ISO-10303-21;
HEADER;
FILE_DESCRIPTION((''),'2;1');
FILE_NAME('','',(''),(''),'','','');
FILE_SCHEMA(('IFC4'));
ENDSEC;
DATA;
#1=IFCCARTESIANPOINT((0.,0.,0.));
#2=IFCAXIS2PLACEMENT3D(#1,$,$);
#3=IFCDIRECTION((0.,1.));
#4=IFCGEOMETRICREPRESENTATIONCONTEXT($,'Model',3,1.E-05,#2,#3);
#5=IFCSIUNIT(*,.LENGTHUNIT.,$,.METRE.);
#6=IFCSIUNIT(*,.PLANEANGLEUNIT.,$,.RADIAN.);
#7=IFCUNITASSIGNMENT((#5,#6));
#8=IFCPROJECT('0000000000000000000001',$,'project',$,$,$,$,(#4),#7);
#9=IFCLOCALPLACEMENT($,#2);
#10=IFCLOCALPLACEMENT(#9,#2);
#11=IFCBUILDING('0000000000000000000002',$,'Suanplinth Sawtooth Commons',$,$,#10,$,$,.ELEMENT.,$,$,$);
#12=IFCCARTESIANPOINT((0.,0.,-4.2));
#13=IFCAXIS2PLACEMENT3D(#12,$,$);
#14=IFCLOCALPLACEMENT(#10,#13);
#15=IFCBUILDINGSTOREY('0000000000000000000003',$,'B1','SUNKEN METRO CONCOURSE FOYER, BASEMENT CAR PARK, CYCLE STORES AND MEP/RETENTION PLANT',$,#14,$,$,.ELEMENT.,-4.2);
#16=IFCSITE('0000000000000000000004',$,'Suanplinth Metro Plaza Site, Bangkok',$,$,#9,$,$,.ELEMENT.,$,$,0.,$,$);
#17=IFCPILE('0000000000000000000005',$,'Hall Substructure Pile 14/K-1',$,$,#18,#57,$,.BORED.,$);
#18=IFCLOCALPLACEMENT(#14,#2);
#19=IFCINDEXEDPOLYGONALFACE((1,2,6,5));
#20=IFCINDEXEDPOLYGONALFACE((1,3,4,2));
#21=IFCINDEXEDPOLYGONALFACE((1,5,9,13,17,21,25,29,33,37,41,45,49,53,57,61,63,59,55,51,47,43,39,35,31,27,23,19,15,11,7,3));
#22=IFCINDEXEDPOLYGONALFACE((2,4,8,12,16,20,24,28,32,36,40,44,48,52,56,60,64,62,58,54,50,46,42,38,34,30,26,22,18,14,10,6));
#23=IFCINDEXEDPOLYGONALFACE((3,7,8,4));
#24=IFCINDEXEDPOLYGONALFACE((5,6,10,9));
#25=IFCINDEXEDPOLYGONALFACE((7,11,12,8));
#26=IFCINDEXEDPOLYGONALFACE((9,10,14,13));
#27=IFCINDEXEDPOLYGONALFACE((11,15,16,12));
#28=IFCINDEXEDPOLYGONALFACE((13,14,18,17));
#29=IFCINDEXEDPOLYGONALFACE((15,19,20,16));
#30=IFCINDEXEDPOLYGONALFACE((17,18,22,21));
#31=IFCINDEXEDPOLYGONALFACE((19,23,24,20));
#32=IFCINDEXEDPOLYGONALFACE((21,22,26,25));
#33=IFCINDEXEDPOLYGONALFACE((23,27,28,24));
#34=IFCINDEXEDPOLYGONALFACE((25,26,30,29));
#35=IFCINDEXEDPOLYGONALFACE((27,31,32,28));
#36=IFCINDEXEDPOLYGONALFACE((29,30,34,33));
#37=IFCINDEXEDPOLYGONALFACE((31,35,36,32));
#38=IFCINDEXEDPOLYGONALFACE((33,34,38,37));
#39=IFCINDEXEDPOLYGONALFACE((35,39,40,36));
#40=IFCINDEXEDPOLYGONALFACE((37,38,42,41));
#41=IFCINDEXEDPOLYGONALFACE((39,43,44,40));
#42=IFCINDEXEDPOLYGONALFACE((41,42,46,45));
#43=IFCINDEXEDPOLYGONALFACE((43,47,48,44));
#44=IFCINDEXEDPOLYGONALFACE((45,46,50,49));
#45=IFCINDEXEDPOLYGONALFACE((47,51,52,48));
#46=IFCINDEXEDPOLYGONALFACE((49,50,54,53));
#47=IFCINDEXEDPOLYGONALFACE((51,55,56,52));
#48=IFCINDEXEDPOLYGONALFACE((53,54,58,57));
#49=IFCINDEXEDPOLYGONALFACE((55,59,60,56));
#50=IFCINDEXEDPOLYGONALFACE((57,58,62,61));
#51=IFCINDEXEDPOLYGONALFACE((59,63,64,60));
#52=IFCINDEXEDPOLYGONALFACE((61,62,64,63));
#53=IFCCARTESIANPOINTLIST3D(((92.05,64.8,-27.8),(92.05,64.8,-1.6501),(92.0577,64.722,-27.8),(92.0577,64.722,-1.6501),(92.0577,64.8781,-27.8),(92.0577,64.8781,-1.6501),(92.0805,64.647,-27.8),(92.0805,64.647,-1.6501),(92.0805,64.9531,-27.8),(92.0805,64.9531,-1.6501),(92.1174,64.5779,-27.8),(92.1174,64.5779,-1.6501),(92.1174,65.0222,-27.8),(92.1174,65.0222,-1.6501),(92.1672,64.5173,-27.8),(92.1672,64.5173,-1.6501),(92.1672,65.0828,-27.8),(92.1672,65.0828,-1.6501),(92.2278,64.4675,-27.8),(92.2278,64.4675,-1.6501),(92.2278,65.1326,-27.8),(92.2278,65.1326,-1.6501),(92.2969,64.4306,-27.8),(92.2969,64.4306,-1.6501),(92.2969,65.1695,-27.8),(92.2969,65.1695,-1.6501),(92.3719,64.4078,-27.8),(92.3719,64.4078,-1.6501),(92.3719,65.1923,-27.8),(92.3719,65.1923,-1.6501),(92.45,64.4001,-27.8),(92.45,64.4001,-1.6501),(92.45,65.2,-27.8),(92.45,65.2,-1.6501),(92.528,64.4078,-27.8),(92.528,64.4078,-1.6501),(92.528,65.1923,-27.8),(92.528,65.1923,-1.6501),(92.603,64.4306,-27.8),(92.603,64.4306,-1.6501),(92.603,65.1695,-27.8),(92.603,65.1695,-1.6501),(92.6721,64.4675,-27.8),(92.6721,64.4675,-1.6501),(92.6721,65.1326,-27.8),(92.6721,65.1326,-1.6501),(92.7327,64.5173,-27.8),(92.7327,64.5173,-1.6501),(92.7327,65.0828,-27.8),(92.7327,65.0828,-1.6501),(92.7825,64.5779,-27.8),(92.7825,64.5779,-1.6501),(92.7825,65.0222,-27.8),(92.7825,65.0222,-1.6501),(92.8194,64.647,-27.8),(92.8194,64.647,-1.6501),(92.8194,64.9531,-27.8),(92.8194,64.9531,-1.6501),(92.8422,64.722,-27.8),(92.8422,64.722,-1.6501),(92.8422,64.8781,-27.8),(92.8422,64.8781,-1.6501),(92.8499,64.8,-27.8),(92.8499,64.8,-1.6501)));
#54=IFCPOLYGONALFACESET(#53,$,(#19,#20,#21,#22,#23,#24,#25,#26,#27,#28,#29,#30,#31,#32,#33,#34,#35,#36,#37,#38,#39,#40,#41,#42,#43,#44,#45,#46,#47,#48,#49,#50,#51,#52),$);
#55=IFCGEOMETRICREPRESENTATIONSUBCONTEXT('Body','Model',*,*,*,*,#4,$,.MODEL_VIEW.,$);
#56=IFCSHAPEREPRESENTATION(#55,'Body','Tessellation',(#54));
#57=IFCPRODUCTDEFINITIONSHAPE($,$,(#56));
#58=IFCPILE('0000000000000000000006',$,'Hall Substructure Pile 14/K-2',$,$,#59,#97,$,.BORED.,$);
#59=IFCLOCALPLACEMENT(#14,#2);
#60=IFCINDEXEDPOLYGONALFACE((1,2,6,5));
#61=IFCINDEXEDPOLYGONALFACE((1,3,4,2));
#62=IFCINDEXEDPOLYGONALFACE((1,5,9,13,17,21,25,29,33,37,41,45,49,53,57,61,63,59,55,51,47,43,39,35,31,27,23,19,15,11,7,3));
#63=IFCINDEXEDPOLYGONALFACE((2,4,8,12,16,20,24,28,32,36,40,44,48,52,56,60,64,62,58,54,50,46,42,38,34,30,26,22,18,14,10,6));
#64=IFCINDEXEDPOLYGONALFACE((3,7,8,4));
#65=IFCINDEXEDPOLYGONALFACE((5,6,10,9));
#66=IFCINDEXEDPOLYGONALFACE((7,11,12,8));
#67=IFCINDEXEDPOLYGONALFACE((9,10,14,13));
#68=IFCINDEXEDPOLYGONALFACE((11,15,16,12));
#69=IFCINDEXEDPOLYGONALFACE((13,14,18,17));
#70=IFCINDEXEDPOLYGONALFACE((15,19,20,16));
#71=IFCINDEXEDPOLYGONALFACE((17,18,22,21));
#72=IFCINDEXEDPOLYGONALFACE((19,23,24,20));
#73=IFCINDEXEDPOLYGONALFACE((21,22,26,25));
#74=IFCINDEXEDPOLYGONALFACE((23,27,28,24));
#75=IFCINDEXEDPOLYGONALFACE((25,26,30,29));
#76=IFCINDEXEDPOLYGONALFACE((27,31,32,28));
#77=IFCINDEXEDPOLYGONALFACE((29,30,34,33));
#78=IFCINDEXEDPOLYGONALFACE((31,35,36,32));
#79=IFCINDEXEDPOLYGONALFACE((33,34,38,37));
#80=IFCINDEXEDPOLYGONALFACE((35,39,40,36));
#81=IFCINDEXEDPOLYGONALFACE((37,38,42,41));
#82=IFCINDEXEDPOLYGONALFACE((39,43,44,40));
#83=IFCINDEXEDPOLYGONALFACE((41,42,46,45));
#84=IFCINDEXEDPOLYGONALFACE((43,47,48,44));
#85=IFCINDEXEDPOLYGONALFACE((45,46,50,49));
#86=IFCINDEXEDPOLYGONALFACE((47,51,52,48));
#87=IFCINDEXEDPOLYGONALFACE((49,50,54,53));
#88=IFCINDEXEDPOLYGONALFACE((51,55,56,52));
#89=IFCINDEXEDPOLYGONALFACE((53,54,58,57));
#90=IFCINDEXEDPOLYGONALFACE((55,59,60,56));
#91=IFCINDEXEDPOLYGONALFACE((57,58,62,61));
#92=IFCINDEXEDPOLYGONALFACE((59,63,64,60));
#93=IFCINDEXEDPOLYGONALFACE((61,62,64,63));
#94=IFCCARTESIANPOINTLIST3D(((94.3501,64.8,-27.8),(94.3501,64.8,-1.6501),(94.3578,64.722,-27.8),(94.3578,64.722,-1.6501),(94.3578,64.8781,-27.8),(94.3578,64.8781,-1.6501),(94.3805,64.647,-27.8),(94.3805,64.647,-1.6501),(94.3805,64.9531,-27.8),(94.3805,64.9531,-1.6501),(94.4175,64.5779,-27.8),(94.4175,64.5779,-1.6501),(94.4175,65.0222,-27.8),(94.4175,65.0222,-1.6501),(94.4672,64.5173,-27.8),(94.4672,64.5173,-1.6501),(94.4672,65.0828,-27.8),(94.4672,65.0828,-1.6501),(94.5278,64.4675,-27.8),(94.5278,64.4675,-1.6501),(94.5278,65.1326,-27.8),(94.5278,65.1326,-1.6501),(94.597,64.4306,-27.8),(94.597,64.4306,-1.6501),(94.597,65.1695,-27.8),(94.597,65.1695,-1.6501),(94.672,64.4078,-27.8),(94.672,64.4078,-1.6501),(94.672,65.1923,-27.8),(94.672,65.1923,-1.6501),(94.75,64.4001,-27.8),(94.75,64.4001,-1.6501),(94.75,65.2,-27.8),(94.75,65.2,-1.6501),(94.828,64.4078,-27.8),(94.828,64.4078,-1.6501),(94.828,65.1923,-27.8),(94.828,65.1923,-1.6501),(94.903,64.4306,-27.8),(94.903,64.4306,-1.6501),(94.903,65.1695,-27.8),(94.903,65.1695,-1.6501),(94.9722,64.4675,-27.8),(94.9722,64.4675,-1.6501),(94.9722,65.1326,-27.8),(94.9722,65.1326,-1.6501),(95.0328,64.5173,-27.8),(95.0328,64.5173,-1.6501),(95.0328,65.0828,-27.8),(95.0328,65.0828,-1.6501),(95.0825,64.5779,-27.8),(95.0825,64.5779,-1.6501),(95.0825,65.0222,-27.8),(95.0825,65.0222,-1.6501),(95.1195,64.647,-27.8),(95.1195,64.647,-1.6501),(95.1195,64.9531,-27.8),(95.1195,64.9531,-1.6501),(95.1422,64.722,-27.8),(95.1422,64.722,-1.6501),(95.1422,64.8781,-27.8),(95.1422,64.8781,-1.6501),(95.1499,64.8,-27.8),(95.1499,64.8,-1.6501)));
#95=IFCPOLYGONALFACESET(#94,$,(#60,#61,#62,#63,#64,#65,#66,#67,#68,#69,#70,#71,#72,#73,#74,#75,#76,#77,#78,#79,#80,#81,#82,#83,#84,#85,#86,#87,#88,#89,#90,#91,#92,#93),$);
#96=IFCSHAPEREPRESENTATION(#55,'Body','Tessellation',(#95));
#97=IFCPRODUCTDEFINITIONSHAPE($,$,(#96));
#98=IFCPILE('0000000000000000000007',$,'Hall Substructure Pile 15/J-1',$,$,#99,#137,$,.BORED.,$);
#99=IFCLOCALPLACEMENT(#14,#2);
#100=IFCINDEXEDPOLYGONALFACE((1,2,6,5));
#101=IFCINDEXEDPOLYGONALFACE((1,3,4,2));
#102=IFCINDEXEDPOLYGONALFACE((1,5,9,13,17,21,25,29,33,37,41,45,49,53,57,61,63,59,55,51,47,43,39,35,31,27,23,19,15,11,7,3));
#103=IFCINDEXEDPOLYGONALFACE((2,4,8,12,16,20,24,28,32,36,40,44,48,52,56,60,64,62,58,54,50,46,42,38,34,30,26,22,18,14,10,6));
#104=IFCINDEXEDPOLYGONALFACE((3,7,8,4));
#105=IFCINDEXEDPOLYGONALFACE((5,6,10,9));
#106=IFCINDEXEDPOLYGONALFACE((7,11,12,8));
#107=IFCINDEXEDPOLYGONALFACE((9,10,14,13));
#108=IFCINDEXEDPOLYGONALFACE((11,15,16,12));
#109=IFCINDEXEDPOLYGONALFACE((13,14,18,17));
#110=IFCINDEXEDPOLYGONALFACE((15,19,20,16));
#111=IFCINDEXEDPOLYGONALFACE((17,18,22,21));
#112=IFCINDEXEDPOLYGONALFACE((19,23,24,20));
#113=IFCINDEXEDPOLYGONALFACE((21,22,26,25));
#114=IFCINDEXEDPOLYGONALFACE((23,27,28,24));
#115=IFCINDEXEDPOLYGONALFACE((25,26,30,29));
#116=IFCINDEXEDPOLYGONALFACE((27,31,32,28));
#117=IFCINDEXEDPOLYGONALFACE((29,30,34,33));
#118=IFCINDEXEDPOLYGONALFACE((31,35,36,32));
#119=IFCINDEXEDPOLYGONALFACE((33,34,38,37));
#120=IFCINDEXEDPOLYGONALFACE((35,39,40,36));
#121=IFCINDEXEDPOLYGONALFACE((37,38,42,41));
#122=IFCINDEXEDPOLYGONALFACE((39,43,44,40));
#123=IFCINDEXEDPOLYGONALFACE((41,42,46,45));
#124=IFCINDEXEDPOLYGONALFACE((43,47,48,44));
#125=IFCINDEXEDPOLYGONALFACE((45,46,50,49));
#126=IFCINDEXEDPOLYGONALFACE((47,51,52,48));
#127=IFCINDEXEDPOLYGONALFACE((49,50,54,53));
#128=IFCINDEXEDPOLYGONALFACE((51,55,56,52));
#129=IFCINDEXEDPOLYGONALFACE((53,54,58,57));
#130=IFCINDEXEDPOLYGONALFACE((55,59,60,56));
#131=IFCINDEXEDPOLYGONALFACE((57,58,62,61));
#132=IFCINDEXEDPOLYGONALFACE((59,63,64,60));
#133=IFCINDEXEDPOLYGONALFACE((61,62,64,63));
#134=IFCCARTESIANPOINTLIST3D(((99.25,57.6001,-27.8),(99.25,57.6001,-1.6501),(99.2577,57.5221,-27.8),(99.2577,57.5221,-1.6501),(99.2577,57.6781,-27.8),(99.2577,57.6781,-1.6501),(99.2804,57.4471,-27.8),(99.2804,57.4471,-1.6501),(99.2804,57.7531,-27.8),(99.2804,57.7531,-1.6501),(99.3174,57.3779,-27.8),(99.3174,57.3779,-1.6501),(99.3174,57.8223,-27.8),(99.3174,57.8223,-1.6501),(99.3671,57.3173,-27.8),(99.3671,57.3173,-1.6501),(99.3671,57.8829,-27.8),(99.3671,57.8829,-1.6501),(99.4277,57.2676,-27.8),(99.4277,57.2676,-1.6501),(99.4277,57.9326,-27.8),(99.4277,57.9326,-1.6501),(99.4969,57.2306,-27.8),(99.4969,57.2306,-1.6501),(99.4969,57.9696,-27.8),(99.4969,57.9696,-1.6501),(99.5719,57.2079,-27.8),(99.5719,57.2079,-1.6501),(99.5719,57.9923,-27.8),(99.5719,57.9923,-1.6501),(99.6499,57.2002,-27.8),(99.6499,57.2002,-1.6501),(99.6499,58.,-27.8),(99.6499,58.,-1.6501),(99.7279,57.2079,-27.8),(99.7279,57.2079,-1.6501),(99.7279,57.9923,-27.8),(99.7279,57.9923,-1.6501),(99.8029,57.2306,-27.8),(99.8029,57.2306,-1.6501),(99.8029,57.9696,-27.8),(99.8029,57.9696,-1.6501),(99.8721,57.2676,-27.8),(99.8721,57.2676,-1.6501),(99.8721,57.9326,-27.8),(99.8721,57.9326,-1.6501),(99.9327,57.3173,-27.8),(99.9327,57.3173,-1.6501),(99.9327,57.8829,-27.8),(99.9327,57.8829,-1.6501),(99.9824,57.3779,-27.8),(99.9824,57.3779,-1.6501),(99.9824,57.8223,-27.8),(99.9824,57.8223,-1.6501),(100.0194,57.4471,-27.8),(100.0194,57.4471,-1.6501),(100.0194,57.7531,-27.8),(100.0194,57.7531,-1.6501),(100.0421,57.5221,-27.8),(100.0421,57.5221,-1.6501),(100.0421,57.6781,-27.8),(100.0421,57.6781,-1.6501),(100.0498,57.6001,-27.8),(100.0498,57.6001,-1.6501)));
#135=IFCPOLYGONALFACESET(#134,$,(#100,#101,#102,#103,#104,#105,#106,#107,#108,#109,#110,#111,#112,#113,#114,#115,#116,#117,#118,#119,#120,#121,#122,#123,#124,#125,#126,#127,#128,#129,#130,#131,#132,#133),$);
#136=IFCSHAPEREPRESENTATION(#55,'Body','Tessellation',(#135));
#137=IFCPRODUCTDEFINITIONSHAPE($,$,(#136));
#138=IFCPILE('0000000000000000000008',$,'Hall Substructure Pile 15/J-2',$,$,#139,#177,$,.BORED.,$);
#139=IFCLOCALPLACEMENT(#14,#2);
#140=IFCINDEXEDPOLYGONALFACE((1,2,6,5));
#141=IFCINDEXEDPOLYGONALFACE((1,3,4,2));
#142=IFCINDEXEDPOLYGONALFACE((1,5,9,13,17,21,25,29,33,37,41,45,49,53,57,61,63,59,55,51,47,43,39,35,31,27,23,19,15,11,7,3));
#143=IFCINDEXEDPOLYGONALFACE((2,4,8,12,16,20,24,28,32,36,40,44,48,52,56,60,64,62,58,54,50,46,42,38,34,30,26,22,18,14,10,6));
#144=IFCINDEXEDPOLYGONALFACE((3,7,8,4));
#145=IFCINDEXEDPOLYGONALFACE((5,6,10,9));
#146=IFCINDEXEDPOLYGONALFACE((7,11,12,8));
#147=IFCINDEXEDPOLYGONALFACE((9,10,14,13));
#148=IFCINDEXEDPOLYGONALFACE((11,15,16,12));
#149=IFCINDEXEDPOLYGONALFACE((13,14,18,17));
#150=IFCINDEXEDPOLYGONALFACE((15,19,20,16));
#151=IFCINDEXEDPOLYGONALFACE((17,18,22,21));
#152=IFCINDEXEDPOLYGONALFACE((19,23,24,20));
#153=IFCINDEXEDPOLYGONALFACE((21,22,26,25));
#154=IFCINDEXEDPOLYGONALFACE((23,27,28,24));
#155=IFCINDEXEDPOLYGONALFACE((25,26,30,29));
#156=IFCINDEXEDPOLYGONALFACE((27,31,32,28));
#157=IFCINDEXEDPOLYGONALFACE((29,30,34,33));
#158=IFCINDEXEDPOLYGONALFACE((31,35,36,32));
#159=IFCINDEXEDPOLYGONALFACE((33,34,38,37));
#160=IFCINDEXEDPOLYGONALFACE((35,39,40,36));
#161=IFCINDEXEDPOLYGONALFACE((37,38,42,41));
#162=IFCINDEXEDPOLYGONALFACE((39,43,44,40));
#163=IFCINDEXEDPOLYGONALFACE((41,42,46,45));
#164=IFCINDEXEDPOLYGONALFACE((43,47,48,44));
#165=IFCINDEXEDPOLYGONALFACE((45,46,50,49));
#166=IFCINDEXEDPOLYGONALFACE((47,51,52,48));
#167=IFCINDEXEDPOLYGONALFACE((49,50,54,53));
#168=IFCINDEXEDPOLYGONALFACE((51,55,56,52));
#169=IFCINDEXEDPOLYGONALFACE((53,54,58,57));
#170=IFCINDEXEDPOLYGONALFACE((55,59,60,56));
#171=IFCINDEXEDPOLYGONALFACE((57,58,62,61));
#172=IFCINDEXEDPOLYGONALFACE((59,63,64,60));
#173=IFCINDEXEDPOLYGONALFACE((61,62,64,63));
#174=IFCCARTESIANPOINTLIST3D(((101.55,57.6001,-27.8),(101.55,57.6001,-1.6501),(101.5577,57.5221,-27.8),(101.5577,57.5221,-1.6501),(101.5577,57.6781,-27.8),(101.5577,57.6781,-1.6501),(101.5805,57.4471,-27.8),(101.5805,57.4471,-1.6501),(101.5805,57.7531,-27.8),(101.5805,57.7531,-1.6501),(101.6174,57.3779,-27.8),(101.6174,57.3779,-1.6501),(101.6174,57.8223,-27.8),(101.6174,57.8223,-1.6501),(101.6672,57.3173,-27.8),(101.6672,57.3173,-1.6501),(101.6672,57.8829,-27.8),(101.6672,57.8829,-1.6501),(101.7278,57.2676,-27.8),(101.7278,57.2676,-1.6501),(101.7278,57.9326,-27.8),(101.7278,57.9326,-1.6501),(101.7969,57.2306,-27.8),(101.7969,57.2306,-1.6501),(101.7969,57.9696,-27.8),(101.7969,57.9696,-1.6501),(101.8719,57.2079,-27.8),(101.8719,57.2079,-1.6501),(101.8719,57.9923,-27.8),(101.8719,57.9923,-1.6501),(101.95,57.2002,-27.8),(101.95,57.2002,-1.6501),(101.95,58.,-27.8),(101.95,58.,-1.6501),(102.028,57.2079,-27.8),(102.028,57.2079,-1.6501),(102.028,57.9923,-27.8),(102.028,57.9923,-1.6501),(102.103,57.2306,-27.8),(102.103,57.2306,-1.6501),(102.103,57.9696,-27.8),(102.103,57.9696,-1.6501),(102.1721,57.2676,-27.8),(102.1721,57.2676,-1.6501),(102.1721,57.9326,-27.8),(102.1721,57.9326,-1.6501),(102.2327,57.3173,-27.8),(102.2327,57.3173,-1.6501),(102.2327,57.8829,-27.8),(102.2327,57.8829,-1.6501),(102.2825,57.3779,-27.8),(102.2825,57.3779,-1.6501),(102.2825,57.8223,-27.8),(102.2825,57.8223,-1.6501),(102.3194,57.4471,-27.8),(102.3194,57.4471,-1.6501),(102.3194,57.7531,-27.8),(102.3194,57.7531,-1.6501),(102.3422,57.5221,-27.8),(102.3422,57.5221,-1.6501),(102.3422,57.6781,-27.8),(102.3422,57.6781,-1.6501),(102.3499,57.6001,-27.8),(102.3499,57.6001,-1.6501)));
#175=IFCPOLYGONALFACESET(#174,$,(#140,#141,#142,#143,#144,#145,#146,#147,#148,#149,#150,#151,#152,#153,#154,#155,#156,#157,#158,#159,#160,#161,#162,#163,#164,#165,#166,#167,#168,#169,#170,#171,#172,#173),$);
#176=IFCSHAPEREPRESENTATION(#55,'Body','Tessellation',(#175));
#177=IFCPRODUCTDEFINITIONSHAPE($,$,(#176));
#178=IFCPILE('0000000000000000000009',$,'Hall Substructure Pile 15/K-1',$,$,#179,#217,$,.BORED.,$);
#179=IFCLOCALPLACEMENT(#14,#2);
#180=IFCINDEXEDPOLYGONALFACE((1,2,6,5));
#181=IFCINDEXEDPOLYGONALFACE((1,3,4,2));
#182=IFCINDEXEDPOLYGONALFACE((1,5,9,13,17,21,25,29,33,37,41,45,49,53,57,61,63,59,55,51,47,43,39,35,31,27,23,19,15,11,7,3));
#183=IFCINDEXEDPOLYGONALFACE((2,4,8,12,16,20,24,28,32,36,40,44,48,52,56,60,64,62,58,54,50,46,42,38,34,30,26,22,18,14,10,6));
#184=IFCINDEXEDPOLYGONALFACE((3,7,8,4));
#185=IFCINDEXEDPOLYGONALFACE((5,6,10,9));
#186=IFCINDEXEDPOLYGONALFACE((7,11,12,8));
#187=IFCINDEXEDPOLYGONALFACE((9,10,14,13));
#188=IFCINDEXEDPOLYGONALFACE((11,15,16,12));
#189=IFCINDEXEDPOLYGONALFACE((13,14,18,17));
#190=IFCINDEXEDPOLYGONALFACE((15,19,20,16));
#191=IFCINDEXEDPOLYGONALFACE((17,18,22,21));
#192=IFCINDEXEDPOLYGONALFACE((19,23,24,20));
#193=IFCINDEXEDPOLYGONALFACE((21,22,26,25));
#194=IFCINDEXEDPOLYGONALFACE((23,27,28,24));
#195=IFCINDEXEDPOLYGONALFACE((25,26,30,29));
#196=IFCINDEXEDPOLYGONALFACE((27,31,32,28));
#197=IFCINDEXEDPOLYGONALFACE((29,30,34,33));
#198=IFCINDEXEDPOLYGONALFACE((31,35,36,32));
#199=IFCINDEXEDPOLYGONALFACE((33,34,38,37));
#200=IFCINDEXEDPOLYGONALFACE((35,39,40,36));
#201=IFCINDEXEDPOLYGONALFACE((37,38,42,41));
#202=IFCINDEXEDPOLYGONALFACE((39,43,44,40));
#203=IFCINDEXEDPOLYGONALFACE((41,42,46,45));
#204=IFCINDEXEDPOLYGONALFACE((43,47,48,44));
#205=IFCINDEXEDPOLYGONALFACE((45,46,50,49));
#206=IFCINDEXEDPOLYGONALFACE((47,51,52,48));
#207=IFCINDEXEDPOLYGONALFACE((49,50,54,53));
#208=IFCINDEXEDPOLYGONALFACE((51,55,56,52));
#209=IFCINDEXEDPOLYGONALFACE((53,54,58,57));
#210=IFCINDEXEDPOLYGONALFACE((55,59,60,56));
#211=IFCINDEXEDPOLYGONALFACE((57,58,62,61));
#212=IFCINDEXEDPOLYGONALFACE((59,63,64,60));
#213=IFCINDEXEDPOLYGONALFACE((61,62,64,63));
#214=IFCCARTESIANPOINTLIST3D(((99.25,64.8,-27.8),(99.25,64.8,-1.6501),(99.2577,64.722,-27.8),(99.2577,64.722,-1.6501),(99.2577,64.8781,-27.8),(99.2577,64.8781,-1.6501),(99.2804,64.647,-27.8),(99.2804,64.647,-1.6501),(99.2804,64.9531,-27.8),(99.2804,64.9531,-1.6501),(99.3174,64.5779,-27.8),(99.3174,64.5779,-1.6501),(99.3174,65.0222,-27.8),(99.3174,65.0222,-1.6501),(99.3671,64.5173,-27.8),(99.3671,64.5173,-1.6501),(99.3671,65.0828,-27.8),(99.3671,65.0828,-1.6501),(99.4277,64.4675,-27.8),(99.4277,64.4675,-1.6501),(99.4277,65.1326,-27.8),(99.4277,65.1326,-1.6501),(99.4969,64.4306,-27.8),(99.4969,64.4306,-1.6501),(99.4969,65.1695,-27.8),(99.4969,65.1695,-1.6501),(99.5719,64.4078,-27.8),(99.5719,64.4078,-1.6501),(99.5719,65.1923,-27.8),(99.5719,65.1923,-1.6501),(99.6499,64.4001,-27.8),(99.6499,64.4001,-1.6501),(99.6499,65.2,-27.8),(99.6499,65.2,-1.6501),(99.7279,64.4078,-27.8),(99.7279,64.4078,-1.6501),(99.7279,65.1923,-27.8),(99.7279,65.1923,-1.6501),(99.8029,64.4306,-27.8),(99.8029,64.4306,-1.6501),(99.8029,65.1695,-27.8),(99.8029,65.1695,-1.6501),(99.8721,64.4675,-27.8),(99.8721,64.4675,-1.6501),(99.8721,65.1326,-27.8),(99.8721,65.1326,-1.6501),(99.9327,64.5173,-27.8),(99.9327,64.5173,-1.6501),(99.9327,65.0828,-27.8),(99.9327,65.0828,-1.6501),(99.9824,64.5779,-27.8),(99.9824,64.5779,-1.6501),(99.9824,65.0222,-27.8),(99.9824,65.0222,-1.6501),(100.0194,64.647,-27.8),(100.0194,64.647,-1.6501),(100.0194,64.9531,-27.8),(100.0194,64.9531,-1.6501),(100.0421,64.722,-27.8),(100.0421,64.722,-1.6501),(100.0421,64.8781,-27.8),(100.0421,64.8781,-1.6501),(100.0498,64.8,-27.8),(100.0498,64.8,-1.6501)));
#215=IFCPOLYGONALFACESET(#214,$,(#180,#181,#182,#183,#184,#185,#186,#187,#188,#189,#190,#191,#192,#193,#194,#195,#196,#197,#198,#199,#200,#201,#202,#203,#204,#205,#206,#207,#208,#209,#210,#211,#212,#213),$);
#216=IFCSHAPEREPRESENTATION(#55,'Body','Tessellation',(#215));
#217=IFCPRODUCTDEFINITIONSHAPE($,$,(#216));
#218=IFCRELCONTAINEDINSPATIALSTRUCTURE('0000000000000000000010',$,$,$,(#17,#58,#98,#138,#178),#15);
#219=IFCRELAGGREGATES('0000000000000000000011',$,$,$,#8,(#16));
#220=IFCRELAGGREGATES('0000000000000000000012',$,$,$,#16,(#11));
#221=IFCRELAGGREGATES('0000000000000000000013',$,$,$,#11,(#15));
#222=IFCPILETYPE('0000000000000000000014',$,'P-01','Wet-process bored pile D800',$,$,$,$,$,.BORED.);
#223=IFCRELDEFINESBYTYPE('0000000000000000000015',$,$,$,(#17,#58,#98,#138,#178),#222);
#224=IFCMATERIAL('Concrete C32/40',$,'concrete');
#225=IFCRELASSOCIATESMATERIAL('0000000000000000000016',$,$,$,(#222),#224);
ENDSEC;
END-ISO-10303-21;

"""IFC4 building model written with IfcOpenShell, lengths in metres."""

from ifc_helpers import new_model, si_unit, direction, frame, origin, origin_2d, place, context, subcontext, project, spatial, circle, extrude, material, material_profile, profile_set, type_object, element, save


model = new_model("IFC4")

# Units and contexts
model_context = context("Model", 3, precision=1e-05, world=origin(), true_north=direction((0.0, 1.0)))
body_context = subcontext(model_context, "Body", "Model", "MODEL_VIEW")
ifc_project = project(units=[si_unit("LENGTHUNIT", "METRE"), si_unit("PLANEANGLEUNIT", "RADIAN")], contexts=[model_context])

# Site, building, storey
site_placement = place(None, origin())
site = spatial("IfcSite", under=ifc_project, at=site_placement, Name="Suanplinth Metro Plaza Site, Bangkok", CompositionType="ELEMENT", RefElevation=0.0)
building_placement = place(site_placement, origin())
building = spatial("IfcBuilding", under=site, at=building_placement, Name="Suanplinth Sawtooth Commons", CompositionType="ELEMENT")
storey_placement = place(building_placement, frame((0.0, 0.0, -4.2)))
storey = spatial("IfcBuildingStorey", under=building, at=storey_placement, Name="B1", Description="SUNKEN METRO CONCOURSE FOYER, BASEMENT CAR PARK, CYCLE STORES AND MEP/RETENTION PLANT", CompositionType="ELEMENT", Elevation=-4.2)

# Piles
ifc_material_1 = material(Name="Concrete C32/40", Category="concrete")
ifc_material_profile_1 = material_profile(ifc_material_1, circle(Radius=0.3999, at=origin_2d()), Name="PILE D800")
ifc_profile_set_1 = profile_set([ifc_material_profile_1], Name="Concrete C32/40")
pile_type_1 = type_object("IfcPileType", Name="P-01", Description="Wet-process bored pile D800", PredefinedType="BORED", material=ifc_profile_set_1)
for number, where, z_axis, x_axis, name in (
    (1, (92.45, 64.8, -1.6501), (0.0, 0.0, -1.0), (1.0, 0.0, 0.0), "Hall Substructure Pile 14/K-1"),
    (2, (94.75, 64.8, -1.6501), (0.0, 0.0, -1.0), (1.0, 0.0, 0.0), "Hall Substructure Pile 14/K-2"),
    (3, (99.6499, 57.6001, -1.6501), (0.0, 0.0, -1.0), (1.0, 0.0, 0.0), "Hall Substructure Pile 15/J-1"),
    (4, (101.95, 57.6001, -1.6501), (0.0, 0.0, -1.0), (1.0, 0.0, 0.0), "Hall Substructure Pile 15/J-2"),
    (5, (99.6499, 64.8, -1.6501), (0.0, 0.0, -1.0), (1.0, 0.0, 0.0), "Hall Substructure Pile 15/K-1"),
):
    element("IfcPile", number, at=place(storey_placement, frame(where, z_axis=z_axis, x_axis=x_axis)), inside=storey, type_object=pile_type_1, Name=name, PredefinedType="BORED", context=body_context, shape_type="SweptSolid", body=[
        extrude(circle(Radius=0.3999, at=origin_2d()), origin(), (0.0, 0.0, 1.0), 26.1499),
    ])

save(model, "model.ifc")
